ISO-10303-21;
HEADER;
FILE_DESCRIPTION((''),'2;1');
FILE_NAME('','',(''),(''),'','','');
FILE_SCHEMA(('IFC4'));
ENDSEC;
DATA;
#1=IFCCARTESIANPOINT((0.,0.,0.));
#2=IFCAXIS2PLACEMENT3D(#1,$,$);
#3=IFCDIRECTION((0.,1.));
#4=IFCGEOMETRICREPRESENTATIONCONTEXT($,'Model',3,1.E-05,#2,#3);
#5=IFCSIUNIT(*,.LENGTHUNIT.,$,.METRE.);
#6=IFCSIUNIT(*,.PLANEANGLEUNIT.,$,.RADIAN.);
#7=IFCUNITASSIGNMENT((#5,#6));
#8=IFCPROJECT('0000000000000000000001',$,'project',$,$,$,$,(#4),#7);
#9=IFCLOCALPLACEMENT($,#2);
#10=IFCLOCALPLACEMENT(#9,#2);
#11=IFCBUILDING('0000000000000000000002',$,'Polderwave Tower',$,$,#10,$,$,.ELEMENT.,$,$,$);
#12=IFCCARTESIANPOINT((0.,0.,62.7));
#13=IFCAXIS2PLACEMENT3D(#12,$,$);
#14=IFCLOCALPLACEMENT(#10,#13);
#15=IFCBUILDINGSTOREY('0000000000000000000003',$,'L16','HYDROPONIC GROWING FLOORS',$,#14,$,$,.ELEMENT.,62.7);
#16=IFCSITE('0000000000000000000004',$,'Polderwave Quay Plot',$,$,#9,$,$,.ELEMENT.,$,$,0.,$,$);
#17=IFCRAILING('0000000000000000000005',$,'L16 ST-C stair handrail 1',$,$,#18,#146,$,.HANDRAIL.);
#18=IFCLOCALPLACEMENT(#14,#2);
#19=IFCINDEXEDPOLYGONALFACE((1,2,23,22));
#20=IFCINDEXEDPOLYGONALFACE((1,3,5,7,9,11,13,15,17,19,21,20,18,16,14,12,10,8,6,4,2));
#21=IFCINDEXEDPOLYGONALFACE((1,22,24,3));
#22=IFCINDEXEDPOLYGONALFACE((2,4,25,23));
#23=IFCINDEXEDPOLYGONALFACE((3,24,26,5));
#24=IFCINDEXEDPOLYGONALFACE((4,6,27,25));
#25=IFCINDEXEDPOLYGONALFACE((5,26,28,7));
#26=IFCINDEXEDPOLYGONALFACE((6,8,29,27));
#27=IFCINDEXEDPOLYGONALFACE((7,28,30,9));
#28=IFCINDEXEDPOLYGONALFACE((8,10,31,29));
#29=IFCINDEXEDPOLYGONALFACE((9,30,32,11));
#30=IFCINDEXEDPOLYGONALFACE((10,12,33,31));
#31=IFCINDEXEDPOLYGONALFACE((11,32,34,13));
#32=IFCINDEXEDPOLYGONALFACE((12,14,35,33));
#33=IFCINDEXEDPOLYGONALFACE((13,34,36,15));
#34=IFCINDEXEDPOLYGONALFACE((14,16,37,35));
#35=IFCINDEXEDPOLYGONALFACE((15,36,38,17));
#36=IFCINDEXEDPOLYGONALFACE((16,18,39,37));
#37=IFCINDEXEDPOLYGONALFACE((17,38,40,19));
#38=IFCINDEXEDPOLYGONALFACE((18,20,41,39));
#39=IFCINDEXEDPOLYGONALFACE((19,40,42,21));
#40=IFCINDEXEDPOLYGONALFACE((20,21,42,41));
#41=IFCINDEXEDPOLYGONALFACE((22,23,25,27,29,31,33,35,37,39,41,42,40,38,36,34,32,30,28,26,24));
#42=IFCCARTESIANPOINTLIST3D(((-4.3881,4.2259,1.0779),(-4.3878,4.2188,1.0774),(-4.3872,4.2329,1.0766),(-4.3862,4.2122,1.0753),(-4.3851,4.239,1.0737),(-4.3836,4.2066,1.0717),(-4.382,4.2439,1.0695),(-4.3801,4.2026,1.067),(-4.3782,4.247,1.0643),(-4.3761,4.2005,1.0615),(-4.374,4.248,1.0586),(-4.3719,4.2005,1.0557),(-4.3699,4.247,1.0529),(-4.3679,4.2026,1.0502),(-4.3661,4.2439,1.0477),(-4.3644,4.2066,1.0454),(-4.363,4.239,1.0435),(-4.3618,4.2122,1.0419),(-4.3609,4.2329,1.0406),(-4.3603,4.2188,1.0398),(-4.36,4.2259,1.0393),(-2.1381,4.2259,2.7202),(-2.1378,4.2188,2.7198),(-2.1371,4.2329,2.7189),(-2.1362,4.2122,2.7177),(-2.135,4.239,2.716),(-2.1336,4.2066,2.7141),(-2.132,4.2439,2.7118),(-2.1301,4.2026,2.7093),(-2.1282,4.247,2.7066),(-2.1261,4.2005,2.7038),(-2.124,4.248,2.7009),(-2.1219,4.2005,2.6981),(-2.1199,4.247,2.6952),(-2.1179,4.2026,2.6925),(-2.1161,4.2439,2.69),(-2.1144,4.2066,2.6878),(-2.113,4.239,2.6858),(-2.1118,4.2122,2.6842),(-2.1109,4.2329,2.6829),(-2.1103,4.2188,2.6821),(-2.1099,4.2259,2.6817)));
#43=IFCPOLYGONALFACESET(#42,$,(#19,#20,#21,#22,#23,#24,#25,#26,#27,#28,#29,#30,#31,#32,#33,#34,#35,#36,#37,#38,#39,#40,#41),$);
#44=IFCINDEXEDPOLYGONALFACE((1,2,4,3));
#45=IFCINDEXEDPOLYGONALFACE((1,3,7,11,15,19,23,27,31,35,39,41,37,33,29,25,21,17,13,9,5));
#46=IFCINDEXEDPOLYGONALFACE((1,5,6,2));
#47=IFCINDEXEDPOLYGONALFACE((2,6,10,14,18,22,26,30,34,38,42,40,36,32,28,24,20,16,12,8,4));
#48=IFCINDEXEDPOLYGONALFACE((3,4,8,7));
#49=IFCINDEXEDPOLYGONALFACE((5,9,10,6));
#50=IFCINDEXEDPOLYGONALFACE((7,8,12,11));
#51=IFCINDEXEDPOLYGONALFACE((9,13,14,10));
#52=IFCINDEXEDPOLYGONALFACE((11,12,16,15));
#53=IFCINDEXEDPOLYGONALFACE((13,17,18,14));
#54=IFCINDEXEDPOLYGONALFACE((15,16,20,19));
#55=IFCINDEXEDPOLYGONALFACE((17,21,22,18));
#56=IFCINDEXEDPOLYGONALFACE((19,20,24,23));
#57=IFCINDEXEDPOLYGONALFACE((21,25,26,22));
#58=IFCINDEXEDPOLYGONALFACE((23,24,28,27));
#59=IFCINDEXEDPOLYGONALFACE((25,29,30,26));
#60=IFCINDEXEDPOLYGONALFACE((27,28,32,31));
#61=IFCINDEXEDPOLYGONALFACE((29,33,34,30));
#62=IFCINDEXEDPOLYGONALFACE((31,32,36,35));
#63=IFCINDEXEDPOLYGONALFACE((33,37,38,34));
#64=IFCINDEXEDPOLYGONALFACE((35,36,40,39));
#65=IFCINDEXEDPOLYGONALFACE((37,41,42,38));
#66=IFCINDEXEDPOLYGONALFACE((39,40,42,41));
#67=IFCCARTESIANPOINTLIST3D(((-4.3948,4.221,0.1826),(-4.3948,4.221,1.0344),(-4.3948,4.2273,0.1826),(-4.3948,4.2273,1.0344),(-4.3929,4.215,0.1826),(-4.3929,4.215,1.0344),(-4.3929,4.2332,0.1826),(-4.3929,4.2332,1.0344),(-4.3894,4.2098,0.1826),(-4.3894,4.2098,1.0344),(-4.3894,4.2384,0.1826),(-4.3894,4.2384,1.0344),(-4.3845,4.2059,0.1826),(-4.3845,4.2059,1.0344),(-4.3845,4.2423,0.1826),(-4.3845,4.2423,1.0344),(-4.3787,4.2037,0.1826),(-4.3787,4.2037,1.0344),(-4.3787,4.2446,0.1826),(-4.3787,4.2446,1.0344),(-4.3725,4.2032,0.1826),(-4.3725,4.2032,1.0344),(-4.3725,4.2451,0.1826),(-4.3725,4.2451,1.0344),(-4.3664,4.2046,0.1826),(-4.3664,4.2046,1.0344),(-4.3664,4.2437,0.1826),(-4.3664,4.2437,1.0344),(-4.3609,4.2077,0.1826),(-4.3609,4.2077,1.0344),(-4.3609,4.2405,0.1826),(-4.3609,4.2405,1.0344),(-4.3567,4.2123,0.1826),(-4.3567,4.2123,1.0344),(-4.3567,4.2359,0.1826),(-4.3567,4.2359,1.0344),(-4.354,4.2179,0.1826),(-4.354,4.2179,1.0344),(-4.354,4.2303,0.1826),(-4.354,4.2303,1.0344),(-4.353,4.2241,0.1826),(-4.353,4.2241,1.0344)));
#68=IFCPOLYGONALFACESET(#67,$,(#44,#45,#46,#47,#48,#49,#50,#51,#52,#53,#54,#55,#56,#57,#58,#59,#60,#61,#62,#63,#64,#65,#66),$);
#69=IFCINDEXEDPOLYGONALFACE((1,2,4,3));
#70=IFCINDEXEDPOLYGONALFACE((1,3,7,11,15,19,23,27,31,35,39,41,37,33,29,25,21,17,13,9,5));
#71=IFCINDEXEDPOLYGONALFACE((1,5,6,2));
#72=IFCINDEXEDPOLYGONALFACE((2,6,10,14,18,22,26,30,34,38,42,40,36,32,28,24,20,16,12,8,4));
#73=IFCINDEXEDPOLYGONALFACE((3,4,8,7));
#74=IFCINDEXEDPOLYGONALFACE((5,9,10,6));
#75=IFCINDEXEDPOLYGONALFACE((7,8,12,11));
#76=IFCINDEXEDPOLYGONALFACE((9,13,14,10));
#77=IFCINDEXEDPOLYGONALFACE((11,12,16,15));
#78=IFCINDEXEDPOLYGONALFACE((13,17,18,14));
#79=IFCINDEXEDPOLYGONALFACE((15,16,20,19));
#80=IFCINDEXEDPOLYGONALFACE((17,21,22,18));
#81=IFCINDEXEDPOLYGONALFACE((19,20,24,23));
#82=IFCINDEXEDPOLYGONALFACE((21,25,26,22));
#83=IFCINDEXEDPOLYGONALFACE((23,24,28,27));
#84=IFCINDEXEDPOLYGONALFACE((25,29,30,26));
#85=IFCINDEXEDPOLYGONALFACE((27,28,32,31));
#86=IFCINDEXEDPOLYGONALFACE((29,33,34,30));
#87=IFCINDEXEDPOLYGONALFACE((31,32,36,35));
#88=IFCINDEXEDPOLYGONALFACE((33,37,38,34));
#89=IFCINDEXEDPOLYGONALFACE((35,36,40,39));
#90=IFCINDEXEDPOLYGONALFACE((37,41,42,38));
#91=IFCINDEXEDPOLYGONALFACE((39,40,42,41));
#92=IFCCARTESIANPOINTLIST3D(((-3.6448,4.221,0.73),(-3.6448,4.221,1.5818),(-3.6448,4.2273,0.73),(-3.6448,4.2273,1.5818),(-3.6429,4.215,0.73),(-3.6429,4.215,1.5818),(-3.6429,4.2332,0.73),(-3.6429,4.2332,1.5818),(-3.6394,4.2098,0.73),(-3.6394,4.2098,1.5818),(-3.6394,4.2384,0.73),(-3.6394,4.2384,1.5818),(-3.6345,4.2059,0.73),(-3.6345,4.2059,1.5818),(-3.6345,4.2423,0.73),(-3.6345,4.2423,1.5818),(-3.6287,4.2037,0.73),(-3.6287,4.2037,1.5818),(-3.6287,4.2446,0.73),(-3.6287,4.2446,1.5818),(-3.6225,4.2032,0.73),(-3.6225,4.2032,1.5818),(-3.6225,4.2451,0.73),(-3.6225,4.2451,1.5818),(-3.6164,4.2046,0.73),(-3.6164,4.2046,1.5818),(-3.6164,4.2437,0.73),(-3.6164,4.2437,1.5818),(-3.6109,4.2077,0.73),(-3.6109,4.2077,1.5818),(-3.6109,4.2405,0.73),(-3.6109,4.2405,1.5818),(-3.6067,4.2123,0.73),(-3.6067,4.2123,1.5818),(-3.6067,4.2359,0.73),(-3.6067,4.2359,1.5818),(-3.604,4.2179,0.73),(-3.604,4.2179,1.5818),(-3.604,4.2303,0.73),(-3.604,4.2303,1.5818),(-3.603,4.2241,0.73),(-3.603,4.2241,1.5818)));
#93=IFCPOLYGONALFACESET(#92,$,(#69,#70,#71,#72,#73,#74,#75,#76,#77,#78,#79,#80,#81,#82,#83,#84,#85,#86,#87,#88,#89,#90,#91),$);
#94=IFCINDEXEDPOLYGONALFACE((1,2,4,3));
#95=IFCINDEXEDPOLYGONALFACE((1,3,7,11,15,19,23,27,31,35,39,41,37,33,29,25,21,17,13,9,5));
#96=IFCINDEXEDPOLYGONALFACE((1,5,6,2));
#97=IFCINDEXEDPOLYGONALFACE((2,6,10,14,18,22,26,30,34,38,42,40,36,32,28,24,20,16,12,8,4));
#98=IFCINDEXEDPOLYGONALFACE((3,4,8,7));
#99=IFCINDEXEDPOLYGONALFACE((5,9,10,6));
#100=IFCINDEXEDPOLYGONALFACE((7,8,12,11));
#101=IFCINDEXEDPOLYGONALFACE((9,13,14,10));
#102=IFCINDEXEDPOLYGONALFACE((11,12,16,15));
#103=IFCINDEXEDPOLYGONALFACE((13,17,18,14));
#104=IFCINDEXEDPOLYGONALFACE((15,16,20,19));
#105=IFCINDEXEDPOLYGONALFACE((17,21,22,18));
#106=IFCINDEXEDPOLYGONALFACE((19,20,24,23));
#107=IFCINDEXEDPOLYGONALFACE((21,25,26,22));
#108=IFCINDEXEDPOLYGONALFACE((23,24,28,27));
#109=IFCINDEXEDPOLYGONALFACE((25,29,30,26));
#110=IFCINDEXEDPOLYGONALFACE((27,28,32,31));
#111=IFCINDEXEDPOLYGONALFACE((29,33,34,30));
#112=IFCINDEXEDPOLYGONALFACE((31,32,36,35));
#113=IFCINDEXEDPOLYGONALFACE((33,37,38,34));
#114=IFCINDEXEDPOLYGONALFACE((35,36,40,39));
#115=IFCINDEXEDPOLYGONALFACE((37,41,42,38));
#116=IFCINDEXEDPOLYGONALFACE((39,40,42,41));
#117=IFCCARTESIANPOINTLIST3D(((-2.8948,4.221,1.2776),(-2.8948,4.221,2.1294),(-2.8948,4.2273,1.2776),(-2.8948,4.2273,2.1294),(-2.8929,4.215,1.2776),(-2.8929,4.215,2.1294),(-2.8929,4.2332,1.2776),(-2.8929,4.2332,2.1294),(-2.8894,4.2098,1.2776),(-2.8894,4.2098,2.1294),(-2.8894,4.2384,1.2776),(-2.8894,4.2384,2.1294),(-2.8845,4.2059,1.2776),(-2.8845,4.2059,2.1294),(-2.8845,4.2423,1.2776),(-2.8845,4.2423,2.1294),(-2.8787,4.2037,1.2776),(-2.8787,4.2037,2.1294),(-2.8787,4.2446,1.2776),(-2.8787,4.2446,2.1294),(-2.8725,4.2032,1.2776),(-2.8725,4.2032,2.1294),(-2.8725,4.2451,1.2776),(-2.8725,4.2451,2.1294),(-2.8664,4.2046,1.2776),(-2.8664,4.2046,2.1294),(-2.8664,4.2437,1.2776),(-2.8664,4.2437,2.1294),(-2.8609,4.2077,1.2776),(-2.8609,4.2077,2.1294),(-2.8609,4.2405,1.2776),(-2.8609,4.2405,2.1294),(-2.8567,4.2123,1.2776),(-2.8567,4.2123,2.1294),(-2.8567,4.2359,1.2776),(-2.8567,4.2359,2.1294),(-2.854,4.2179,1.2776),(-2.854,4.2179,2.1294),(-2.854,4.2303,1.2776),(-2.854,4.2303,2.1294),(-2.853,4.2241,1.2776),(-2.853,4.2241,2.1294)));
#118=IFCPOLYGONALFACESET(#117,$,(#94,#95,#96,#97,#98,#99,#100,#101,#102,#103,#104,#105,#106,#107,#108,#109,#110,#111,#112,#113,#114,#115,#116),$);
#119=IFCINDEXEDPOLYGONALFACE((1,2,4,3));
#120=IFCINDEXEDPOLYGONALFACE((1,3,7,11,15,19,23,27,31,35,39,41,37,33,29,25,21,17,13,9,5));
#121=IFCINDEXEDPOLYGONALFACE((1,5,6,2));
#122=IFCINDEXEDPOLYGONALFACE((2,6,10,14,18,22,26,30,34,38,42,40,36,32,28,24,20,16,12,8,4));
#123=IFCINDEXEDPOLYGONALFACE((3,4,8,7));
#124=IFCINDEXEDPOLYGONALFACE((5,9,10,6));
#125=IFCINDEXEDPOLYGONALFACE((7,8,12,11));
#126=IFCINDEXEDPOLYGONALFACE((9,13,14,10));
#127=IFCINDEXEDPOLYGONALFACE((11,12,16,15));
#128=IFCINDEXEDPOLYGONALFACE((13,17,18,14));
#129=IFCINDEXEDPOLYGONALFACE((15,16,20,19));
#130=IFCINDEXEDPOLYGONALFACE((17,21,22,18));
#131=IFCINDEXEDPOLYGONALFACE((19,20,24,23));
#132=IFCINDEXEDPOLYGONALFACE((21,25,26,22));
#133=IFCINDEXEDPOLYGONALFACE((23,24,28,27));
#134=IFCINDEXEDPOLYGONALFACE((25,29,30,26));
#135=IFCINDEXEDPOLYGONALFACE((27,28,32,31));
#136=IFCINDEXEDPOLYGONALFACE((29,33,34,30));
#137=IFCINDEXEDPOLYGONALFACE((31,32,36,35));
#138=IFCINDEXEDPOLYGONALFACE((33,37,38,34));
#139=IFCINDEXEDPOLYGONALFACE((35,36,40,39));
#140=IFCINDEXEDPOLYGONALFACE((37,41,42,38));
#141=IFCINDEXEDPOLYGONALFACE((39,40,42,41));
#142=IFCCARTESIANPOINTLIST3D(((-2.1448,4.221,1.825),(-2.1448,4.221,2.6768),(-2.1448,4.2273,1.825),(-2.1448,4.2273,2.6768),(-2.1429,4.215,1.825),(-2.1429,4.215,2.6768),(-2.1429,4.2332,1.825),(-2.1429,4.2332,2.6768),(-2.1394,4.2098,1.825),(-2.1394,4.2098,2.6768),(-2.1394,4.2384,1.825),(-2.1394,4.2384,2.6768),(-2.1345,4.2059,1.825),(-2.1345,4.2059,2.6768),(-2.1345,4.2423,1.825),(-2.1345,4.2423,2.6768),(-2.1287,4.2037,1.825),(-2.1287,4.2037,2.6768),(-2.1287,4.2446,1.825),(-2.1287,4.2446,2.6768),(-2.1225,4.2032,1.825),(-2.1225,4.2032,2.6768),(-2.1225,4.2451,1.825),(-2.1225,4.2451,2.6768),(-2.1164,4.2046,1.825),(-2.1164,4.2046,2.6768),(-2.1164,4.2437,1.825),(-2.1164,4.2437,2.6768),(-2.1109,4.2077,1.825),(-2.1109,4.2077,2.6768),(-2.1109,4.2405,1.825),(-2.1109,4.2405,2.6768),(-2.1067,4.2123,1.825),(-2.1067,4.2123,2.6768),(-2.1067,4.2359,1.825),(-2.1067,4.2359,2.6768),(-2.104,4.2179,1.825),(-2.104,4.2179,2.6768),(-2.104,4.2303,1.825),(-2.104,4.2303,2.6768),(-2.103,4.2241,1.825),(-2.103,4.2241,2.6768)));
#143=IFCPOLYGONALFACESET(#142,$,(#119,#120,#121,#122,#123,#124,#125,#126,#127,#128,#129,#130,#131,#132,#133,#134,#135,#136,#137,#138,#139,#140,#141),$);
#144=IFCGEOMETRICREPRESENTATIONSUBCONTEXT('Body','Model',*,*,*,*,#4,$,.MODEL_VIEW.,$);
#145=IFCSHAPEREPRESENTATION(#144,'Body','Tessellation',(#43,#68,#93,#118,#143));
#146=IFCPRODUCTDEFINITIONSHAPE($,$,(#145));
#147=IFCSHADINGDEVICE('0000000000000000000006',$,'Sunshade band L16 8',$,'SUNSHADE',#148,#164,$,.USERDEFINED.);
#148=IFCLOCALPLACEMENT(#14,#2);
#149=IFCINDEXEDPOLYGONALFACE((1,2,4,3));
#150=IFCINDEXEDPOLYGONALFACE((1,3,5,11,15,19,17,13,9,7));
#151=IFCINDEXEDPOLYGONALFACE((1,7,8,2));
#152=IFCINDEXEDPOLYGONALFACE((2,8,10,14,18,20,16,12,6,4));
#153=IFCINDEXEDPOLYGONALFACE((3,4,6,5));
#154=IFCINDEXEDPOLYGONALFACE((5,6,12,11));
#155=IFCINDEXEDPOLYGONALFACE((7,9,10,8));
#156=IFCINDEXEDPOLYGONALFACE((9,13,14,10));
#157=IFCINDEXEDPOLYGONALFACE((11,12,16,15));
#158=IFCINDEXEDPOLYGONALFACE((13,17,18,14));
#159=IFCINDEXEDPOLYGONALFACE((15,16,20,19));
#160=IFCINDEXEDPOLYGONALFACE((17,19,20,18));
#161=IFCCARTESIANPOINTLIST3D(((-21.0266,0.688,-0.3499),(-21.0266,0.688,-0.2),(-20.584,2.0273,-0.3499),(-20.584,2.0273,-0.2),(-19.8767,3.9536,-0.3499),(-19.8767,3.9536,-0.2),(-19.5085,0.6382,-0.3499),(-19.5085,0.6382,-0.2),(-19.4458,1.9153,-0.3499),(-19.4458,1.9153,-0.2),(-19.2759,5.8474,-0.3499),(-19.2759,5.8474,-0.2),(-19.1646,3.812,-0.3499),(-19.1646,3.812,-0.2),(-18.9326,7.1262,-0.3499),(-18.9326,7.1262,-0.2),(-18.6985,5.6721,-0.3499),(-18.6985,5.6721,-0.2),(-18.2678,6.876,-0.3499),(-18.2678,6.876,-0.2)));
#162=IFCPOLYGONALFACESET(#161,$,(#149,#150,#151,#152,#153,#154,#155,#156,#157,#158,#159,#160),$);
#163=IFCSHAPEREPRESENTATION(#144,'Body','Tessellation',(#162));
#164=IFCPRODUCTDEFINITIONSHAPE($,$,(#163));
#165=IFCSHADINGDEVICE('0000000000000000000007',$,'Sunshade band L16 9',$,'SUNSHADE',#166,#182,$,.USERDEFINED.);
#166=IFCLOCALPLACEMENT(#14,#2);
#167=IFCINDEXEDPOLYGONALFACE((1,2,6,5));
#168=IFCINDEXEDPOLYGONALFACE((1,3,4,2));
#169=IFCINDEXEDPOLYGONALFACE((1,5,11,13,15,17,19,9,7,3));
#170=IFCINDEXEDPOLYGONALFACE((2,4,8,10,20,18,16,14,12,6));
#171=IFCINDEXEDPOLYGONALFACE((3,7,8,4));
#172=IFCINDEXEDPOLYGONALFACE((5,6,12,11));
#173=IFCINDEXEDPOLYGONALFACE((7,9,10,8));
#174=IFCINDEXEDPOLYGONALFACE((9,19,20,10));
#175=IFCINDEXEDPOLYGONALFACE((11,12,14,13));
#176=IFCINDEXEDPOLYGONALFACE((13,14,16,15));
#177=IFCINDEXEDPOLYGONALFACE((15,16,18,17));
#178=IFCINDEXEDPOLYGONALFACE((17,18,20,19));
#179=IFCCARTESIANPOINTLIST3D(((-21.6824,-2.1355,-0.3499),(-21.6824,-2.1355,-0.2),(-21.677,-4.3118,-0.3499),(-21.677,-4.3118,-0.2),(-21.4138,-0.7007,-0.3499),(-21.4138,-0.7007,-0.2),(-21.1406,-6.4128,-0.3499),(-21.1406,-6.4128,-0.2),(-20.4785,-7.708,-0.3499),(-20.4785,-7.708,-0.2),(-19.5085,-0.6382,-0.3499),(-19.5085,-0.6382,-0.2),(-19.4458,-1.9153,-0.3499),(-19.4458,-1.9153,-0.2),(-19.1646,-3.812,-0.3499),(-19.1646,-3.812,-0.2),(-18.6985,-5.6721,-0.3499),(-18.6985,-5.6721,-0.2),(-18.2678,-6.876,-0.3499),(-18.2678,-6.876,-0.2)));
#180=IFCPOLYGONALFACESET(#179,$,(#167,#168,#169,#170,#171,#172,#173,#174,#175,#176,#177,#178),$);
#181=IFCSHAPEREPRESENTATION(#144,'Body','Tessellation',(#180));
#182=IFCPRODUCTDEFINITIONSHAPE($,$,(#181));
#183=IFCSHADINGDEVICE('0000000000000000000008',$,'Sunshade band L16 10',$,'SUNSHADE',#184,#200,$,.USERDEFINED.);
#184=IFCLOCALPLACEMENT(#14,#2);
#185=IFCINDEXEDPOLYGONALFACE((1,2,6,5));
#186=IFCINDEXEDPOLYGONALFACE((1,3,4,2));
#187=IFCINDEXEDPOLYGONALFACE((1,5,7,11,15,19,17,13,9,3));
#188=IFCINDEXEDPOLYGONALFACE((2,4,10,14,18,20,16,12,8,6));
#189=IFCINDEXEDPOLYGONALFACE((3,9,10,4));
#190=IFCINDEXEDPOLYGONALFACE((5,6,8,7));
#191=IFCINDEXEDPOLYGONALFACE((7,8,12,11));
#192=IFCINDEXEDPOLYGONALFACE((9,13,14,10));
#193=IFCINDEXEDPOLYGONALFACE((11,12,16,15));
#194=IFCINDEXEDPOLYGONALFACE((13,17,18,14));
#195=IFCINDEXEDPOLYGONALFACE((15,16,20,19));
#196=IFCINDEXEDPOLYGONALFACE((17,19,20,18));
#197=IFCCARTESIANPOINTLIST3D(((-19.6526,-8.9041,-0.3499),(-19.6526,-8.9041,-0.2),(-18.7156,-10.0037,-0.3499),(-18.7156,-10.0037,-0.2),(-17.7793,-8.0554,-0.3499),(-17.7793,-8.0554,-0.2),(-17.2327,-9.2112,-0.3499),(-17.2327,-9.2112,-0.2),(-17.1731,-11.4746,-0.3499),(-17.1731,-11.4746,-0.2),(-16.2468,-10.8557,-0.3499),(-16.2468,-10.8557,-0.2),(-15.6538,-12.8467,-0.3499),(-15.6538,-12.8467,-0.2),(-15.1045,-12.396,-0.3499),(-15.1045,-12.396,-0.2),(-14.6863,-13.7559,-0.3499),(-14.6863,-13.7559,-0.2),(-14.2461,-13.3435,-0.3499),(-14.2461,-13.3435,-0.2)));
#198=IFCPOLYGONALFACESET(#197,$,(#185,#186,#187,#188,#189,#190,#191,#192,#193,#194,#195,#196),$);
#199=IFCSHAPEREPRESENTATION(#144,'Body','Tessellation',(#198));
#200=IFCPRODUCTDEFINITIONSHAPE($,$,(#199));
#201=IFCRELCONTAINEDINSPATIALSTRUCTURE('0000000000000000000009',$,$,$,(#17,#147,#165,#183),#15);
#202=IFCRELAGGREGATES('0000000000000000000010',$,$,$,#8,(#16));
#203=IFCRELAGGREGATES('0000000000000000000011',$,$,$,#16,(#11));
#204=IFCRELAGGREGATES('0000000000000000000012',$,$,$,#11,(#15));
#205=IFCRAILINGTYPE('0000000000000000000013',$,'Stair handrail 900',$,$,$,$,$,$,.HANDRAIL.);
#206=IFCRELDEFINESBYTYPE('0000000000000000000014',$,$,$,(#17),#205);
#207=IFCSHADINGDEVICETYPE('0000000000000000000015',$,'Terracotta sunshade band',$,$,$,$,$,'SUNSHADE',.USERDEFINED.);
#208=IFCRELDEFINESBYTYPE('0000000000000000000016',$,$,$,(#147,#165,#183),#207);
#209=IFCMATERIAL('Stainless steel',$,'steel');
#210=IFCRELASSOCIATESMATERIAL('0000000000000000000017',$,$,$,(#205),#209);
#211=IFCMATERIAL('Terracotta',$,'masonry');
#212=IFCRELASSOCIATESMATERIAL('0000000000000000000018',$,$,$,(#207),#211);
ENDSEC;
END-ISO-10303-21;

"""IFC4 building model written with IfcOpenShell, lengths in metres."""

from ifc_helpers import new_model, si_unit, direction, frame, origin, origin_2d, place, context, subcontext, project, spatial, polyline, circle, outline, extrude, material, type_object, element, save


model = new_model("IFC4")

# Units and contexts
model_context = context("Model", 3, precision=1e-05, world=origin(), true_north=direction((0.0, 1.0)))
body_context = subcontext(model_context, "Body", "Model", "MODEL_VIEW")
ifc_project = project(units=[si_unit("LENGTHUNIT", "METRE"), si_unit("PLANEANGLEUNIT", "RADIAN")], contexts=[model_context])

# Site, building, storey
site_placement = place(None, origin())
site = spatial("IfcSite", under=ifc_project, at=site_placement, Name="Polderwave Quay Plot", CompositionType="ELEMENT", RefElevation=0.0)
building_placement = place(site_placement, origin())
building = spatial("IfcBuilding", under=site, at=building_placement, Name="Polderwave Tower", CompositionType="ELEMENT")
storey_placement = place(building_placement, frame((0.0, 0.0, 62.7)))
storey = spatial("IfcBuildingStorey", under=building, at=storey_placement, Name="L16", Description="HYDROPONIC GROWING FLOORS", CompositionType="ELEMENT", Elevation=62.7)

# Railing
ifc_material_1 = material(Name="Stainless steel", Category="steel")
railing_type_1 = type_object("IfcRailingType", Name="Stair handrail 900", PredefinedType="HANDRAIL", material=ifc_material_1)
railing_1_placement = place(storey_placement, frame((-4.374, 4.2241, 0.1826)))
element("IfcRailing", 1, at=railing_1_placement, inside=storey, type_object=railing_type_1, Name="L16 ST-C stair handrail 1", PredefinedType="HANDRAIL", context=body_context, shape_type="SweptSolid", body=[
    extrude(circle(Radius=0.0239, at=origin_2d()), frame((0.0, 0.0, 0.876), z_axis=(0.807715, 0.0, 0.589573), x_axis=(0.0, 1.0, 0.0)), (0.0, 0.0, 1.0), 2.7856),
    extrude(circle(Radius=0.021, at=origin_2d()), origin(), (0.0, 0.0, 1.0), 0.8518),
    extrude(circle(Radius=0.021, at=origin_2d()), frame((0.75, 0.0, 0.5474)), (0.0, 0.0, 1.0), 0.8518),
    extrude(circle(Radius=0.021, at=origin_2d()), frame((1.5, 0.0, 1.095)), (0.0, 0.0, 1.0), 0.8518),
    extrude(circle(Radius=0.021, at=origin_2d()), frame((2.25, 0.0, 1.6423)), (0.0, 0.0, 1.0), 0.8518),
])

# Shading devices
ifc_material_2 = material(Name="Terracotta", Category="masonry")
shading_device_type = type_object("IfcShadingDeviceType", Name="Terracotta sunshade band", ElementType="SUNSHADE", PredefinedType="USERDEFINED", material=ifc_material_2)
shading_device_1_placement = place(storey_placement, frame((0.0, 0.0, -0.3499)))
element("IfcShadingDevice", 2, at=shading_device_1_placement, inside=storey, type_object=shading_device_type, Name="Sunshade band L16 8", ObjectType="SUNSHADE", PredefinedType="USERDEFINED", context=body_context, shape_type="SweptSolid", body=[
    extrude(outline(polyline([(-18.2678, 6.876), (-18.6985, 5.6721), (-19.1646, 3.812), (-19.4458, 1.9153), (-19.5085, 0.6382), (-21.0266, 0.688), (-20.584, 2.0273), (-19.8767, 3.9536), (-19.2759, 5.8474), (-18.9326, 7.1262), (-18.2678, 6.876)])), origin(), (0.0, 0.0, 1.0), 0.1499),
])
shading_device_2_placement = place(storey_placement, frame((0.0, 0.0, -0.3499)))
element("IfcShadingDevice", 3, at=shading_device_2_placement, inside=storey, type_object=shading_device_type, Name="Sunshade band L16 9", ObjectType="SUNSHADE", PredefinedType="USERDEFINED", context=body_context, shape_type="SweptSolid", body=[
    extrude(outline(polyline([(-19.5085, -0.6382), (-19.4458, -1.9153), (-19.1646, -3.812), (-18.6985, -5.6721), (-18.2678, -6.876), (-20.4785, -7.708), (-21.1406, -6.4128), (-21.677, -4.3118), (-21.6824, -2.1355), (-21.4138, -0.7007), (-19.5085, -0.6382)])), origin(), (0.0, 0.0, 1.0), 0.1499),
])
shading_device_3_placement = place(storey_placement, frame((0.0, 0.0, -0.3499)))
element("IfcShadingDevice", 4, at=shading_device_3_placement, inside=storey, type_object=shading_device_type, Name="Sunshade band L16 10", ObjectType="SUNSHADE", PredefinedType="USERDEFINED", context=body_context, shape_type="SweptSolid", body=[
    extrude(outline(polyline([(-17.7793, -8.0554), (-17.2327, -9.2112), (-16.2468, -10.8557), (-15.1045, -12.396), (-14.2461, -13.3435), (-14.6863, -13.7559), (-15.6538, -12.8467), (-17.1731, -11.4746), (-18.7156, -10.0037), (-19.6526, -8.9041), (-17.7793, -8.0554)])), origin(), (0.0, 0.0, 1.0), 0.1499),
])

save(model, "model.ifc")
